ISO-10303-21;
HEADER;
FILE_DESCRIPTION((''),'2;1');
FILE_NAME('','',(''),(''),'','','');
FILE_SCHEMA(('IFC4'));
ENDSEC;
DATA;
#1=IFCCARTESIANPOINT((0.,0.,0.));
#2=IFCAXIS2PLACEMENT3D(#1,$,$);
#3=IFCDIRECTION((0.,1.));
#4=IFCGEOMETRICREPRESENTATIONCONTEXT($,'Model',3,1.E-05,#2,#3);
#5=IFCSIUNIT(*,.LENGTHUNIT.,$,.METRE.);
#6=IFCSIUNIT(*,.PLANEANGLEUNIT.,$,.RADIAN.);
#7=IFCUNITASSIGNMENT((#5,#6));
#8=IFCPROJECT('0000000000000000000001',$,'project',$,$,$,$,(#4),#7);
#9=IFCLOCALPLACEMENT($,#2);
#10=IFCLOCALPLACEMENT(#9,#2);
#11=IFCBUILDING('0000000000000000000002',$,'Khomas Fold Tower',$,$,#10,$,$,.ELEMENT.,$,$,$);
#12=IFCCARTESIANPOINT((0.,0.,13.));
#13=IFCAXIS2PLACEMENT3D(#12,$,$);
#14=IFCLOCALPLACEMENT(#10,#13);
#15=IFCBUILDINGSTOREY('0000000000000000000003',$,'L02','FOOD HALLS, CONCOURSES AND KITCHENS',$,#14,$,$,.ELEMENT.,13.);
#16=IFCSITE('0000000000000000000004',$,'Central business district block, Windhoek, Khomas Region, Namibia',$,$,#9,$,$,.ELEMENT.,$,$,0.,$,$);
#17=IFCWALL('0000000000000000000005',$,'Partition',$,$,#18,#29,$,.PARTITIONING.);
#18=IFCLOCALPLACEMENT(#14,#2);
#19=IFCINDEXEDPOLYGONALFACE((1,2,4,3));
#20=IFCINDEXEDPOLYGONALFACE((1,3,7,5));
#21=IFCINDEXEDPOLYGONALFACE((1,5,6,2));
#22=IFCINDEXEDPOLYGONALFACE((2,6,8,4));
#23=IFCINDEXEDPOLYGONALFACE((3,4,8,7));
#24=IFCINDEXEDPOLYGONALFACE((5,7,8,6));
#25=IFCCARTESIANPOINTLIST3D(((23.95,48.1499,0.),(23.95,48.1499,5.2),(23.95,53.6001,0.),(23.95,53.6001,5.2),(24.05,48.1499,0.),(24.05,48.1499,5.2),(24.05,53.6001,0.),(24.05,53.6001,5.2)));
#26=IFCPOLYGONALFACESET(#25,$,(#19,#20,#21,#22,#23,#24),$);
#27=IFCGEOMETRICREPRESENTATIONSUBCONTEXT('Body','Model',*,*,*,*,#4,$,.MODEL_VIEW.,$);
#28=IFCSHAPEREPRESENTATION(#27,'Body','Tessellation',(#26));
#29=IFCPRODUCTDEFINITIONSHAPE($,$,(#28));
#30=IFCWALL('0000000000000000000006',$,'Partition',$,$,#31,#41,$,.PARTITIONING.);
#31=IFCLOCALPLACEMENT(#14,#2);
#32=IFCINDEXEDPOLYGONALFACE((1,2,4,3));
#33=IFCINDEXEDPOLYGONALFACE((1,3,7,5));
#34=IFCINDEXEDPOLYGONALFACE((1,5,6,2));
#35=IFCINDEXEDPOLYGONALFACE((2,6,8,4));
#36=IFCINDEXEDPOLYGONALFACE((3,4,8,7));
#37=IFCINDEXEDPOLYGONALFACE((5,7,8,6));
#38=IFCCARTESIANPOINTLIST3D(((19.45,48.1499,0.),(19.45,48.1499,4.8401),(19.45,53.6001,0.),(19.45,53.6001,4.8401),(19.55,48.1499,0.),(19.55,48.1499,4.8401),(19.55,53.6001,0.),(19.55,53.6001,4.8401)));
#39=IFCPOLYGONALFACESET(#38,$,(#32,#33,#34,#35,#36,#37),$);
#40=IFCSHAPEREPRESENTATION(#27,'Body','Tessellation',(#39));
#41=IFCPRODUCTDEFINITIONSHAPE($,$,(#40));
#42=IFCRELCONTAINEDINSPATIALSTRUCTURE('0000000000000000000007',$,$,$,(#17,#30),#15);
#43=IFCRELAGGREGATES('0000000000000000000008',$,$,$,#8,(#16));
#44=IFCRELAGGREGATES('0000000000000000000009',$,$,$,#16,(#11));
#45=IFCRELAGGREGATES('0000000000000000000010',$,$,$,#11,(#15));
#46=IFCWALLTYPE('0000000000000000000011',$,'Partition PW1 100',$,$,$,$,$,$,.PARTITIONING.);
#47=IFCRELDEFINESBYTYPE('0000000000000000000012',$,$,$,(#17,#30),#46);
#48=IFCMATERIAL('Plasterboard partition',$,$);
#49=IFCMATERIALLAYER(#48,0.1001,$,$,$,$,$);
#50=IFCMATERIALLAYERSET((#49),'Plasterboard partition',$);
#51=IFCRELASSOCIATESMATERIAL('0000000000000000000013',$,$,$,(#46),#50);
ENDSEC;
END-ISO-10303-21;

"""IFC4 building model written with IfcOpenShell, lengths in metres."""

from ifc_helpers import new_model, si_unit, direction, frame, frame_2d, origin, place, context, subcontext, project, spatial, rectangle, extrude, source, transform, mapped, material, layer, layer_set, type_object, element, save


model = new_model("IFC4")

# Units and contexts
model_context = context("Model", 3, precision=1e-05, world=origin(), true_north=direction((0.0, 1.0)))
body_context = subcontext(model_context, "Body", "Model", "MODEL_VIEW")
ifc_project = project(units=[si_unit("LENGTHUNIT", "METRE"), si_unit("PLANEANGLEUNIT", "RADIAN")], contexts=[model_context])

# Site, building, storey
site_placement = place(None, origin())
site = spatial("IfcSite", under=ifc_project, at=site_placement, Name="Central business district block, Windhoek, Khomas Region, Namibia", CompositionType="ELEMENT", RefElevation=0.0)
building_placement = place(site_placement, origin())
building = spatial("IfcBuilding", under=site, at=building_placement, Name="Khomas Fold Tower", CompositionType="ELEMENT")
storey_placement = place(building_placement, frame((0.0, 0.0, 13.0)))
storey = spatial("IfcBuildingStorey", under=building, at=storey_placement, Name="L02", Description="FOOD HALLS, CONCOURSES AND KITCHENS", CompositionType="ELEMENT", Elevation=13.0)

# Walls
ifc_material_1 = material(Name="Plasterboard partition")
ifc_layer_1 = layer(ifc_material_1, 0.1001)
ifc_layer_set_1 = layer_set([ifc_layer_1], Name="Plasterboard partition")
wall_type_1 = type_object("IfcWallType", Name="Partition PW1 100", PredefinedType="PARTITIONING", material=ifc_layer_set_1)
shared_shape_1 = source(origin(), body_context, "Body", "SweptSolid", [
    extrude(rectangle(XDim=5.4502, YDim=0.1001, at=frame_2d((2.7251, 0.0))), origin(), (0.0, 0.0, 1.0), 5.2),
])
wall_1_placement = place(storey_placement, frame((24.0, 48.1499, 0.0), z_axis=(0.0, 0.0, 1.0), x_axis=(0.0, 1.0, 0.0)))
element("IfcWall", 1, at=wall_1_placement, inside=storey, type_object=wall_type_1, Name="Partition", PredefinedType="PARTITIONING", context=body_context, shape_type="MappedRepresentation", body=[
    mapped(shared_shape_1, transform((0.0, 0.0, 0.0))),
])
shared_shape_2 = source(origin(), body_context, "Body", "SweptSolid", [
    extrude(rectangle(XDim=5.4502, YDim=0.1001, at=frame_2d((2.7251, 0.0))), origin(), (0.0, 0.0, 1.0), 4.8401),
])
wall_2_placement = place(storey_placement, frame((19.5, 48.1499, 0.0), z_axis=(0.0, 0.0, 1.0), x_axis=(0.0, 1.0, 0.0)))
element("IfcWall", 2, at=wall_2_placement, inside=storey, type_object=wall_type_1, Name="Partition", PredefinedType="PARTITIONING", context=body_context, shape_type="MappedRepresentation", body=[
    mapped(shared_shape_2, transform((0.0, 0.0, 0.0))),
])

save(model, "model.ifc")
